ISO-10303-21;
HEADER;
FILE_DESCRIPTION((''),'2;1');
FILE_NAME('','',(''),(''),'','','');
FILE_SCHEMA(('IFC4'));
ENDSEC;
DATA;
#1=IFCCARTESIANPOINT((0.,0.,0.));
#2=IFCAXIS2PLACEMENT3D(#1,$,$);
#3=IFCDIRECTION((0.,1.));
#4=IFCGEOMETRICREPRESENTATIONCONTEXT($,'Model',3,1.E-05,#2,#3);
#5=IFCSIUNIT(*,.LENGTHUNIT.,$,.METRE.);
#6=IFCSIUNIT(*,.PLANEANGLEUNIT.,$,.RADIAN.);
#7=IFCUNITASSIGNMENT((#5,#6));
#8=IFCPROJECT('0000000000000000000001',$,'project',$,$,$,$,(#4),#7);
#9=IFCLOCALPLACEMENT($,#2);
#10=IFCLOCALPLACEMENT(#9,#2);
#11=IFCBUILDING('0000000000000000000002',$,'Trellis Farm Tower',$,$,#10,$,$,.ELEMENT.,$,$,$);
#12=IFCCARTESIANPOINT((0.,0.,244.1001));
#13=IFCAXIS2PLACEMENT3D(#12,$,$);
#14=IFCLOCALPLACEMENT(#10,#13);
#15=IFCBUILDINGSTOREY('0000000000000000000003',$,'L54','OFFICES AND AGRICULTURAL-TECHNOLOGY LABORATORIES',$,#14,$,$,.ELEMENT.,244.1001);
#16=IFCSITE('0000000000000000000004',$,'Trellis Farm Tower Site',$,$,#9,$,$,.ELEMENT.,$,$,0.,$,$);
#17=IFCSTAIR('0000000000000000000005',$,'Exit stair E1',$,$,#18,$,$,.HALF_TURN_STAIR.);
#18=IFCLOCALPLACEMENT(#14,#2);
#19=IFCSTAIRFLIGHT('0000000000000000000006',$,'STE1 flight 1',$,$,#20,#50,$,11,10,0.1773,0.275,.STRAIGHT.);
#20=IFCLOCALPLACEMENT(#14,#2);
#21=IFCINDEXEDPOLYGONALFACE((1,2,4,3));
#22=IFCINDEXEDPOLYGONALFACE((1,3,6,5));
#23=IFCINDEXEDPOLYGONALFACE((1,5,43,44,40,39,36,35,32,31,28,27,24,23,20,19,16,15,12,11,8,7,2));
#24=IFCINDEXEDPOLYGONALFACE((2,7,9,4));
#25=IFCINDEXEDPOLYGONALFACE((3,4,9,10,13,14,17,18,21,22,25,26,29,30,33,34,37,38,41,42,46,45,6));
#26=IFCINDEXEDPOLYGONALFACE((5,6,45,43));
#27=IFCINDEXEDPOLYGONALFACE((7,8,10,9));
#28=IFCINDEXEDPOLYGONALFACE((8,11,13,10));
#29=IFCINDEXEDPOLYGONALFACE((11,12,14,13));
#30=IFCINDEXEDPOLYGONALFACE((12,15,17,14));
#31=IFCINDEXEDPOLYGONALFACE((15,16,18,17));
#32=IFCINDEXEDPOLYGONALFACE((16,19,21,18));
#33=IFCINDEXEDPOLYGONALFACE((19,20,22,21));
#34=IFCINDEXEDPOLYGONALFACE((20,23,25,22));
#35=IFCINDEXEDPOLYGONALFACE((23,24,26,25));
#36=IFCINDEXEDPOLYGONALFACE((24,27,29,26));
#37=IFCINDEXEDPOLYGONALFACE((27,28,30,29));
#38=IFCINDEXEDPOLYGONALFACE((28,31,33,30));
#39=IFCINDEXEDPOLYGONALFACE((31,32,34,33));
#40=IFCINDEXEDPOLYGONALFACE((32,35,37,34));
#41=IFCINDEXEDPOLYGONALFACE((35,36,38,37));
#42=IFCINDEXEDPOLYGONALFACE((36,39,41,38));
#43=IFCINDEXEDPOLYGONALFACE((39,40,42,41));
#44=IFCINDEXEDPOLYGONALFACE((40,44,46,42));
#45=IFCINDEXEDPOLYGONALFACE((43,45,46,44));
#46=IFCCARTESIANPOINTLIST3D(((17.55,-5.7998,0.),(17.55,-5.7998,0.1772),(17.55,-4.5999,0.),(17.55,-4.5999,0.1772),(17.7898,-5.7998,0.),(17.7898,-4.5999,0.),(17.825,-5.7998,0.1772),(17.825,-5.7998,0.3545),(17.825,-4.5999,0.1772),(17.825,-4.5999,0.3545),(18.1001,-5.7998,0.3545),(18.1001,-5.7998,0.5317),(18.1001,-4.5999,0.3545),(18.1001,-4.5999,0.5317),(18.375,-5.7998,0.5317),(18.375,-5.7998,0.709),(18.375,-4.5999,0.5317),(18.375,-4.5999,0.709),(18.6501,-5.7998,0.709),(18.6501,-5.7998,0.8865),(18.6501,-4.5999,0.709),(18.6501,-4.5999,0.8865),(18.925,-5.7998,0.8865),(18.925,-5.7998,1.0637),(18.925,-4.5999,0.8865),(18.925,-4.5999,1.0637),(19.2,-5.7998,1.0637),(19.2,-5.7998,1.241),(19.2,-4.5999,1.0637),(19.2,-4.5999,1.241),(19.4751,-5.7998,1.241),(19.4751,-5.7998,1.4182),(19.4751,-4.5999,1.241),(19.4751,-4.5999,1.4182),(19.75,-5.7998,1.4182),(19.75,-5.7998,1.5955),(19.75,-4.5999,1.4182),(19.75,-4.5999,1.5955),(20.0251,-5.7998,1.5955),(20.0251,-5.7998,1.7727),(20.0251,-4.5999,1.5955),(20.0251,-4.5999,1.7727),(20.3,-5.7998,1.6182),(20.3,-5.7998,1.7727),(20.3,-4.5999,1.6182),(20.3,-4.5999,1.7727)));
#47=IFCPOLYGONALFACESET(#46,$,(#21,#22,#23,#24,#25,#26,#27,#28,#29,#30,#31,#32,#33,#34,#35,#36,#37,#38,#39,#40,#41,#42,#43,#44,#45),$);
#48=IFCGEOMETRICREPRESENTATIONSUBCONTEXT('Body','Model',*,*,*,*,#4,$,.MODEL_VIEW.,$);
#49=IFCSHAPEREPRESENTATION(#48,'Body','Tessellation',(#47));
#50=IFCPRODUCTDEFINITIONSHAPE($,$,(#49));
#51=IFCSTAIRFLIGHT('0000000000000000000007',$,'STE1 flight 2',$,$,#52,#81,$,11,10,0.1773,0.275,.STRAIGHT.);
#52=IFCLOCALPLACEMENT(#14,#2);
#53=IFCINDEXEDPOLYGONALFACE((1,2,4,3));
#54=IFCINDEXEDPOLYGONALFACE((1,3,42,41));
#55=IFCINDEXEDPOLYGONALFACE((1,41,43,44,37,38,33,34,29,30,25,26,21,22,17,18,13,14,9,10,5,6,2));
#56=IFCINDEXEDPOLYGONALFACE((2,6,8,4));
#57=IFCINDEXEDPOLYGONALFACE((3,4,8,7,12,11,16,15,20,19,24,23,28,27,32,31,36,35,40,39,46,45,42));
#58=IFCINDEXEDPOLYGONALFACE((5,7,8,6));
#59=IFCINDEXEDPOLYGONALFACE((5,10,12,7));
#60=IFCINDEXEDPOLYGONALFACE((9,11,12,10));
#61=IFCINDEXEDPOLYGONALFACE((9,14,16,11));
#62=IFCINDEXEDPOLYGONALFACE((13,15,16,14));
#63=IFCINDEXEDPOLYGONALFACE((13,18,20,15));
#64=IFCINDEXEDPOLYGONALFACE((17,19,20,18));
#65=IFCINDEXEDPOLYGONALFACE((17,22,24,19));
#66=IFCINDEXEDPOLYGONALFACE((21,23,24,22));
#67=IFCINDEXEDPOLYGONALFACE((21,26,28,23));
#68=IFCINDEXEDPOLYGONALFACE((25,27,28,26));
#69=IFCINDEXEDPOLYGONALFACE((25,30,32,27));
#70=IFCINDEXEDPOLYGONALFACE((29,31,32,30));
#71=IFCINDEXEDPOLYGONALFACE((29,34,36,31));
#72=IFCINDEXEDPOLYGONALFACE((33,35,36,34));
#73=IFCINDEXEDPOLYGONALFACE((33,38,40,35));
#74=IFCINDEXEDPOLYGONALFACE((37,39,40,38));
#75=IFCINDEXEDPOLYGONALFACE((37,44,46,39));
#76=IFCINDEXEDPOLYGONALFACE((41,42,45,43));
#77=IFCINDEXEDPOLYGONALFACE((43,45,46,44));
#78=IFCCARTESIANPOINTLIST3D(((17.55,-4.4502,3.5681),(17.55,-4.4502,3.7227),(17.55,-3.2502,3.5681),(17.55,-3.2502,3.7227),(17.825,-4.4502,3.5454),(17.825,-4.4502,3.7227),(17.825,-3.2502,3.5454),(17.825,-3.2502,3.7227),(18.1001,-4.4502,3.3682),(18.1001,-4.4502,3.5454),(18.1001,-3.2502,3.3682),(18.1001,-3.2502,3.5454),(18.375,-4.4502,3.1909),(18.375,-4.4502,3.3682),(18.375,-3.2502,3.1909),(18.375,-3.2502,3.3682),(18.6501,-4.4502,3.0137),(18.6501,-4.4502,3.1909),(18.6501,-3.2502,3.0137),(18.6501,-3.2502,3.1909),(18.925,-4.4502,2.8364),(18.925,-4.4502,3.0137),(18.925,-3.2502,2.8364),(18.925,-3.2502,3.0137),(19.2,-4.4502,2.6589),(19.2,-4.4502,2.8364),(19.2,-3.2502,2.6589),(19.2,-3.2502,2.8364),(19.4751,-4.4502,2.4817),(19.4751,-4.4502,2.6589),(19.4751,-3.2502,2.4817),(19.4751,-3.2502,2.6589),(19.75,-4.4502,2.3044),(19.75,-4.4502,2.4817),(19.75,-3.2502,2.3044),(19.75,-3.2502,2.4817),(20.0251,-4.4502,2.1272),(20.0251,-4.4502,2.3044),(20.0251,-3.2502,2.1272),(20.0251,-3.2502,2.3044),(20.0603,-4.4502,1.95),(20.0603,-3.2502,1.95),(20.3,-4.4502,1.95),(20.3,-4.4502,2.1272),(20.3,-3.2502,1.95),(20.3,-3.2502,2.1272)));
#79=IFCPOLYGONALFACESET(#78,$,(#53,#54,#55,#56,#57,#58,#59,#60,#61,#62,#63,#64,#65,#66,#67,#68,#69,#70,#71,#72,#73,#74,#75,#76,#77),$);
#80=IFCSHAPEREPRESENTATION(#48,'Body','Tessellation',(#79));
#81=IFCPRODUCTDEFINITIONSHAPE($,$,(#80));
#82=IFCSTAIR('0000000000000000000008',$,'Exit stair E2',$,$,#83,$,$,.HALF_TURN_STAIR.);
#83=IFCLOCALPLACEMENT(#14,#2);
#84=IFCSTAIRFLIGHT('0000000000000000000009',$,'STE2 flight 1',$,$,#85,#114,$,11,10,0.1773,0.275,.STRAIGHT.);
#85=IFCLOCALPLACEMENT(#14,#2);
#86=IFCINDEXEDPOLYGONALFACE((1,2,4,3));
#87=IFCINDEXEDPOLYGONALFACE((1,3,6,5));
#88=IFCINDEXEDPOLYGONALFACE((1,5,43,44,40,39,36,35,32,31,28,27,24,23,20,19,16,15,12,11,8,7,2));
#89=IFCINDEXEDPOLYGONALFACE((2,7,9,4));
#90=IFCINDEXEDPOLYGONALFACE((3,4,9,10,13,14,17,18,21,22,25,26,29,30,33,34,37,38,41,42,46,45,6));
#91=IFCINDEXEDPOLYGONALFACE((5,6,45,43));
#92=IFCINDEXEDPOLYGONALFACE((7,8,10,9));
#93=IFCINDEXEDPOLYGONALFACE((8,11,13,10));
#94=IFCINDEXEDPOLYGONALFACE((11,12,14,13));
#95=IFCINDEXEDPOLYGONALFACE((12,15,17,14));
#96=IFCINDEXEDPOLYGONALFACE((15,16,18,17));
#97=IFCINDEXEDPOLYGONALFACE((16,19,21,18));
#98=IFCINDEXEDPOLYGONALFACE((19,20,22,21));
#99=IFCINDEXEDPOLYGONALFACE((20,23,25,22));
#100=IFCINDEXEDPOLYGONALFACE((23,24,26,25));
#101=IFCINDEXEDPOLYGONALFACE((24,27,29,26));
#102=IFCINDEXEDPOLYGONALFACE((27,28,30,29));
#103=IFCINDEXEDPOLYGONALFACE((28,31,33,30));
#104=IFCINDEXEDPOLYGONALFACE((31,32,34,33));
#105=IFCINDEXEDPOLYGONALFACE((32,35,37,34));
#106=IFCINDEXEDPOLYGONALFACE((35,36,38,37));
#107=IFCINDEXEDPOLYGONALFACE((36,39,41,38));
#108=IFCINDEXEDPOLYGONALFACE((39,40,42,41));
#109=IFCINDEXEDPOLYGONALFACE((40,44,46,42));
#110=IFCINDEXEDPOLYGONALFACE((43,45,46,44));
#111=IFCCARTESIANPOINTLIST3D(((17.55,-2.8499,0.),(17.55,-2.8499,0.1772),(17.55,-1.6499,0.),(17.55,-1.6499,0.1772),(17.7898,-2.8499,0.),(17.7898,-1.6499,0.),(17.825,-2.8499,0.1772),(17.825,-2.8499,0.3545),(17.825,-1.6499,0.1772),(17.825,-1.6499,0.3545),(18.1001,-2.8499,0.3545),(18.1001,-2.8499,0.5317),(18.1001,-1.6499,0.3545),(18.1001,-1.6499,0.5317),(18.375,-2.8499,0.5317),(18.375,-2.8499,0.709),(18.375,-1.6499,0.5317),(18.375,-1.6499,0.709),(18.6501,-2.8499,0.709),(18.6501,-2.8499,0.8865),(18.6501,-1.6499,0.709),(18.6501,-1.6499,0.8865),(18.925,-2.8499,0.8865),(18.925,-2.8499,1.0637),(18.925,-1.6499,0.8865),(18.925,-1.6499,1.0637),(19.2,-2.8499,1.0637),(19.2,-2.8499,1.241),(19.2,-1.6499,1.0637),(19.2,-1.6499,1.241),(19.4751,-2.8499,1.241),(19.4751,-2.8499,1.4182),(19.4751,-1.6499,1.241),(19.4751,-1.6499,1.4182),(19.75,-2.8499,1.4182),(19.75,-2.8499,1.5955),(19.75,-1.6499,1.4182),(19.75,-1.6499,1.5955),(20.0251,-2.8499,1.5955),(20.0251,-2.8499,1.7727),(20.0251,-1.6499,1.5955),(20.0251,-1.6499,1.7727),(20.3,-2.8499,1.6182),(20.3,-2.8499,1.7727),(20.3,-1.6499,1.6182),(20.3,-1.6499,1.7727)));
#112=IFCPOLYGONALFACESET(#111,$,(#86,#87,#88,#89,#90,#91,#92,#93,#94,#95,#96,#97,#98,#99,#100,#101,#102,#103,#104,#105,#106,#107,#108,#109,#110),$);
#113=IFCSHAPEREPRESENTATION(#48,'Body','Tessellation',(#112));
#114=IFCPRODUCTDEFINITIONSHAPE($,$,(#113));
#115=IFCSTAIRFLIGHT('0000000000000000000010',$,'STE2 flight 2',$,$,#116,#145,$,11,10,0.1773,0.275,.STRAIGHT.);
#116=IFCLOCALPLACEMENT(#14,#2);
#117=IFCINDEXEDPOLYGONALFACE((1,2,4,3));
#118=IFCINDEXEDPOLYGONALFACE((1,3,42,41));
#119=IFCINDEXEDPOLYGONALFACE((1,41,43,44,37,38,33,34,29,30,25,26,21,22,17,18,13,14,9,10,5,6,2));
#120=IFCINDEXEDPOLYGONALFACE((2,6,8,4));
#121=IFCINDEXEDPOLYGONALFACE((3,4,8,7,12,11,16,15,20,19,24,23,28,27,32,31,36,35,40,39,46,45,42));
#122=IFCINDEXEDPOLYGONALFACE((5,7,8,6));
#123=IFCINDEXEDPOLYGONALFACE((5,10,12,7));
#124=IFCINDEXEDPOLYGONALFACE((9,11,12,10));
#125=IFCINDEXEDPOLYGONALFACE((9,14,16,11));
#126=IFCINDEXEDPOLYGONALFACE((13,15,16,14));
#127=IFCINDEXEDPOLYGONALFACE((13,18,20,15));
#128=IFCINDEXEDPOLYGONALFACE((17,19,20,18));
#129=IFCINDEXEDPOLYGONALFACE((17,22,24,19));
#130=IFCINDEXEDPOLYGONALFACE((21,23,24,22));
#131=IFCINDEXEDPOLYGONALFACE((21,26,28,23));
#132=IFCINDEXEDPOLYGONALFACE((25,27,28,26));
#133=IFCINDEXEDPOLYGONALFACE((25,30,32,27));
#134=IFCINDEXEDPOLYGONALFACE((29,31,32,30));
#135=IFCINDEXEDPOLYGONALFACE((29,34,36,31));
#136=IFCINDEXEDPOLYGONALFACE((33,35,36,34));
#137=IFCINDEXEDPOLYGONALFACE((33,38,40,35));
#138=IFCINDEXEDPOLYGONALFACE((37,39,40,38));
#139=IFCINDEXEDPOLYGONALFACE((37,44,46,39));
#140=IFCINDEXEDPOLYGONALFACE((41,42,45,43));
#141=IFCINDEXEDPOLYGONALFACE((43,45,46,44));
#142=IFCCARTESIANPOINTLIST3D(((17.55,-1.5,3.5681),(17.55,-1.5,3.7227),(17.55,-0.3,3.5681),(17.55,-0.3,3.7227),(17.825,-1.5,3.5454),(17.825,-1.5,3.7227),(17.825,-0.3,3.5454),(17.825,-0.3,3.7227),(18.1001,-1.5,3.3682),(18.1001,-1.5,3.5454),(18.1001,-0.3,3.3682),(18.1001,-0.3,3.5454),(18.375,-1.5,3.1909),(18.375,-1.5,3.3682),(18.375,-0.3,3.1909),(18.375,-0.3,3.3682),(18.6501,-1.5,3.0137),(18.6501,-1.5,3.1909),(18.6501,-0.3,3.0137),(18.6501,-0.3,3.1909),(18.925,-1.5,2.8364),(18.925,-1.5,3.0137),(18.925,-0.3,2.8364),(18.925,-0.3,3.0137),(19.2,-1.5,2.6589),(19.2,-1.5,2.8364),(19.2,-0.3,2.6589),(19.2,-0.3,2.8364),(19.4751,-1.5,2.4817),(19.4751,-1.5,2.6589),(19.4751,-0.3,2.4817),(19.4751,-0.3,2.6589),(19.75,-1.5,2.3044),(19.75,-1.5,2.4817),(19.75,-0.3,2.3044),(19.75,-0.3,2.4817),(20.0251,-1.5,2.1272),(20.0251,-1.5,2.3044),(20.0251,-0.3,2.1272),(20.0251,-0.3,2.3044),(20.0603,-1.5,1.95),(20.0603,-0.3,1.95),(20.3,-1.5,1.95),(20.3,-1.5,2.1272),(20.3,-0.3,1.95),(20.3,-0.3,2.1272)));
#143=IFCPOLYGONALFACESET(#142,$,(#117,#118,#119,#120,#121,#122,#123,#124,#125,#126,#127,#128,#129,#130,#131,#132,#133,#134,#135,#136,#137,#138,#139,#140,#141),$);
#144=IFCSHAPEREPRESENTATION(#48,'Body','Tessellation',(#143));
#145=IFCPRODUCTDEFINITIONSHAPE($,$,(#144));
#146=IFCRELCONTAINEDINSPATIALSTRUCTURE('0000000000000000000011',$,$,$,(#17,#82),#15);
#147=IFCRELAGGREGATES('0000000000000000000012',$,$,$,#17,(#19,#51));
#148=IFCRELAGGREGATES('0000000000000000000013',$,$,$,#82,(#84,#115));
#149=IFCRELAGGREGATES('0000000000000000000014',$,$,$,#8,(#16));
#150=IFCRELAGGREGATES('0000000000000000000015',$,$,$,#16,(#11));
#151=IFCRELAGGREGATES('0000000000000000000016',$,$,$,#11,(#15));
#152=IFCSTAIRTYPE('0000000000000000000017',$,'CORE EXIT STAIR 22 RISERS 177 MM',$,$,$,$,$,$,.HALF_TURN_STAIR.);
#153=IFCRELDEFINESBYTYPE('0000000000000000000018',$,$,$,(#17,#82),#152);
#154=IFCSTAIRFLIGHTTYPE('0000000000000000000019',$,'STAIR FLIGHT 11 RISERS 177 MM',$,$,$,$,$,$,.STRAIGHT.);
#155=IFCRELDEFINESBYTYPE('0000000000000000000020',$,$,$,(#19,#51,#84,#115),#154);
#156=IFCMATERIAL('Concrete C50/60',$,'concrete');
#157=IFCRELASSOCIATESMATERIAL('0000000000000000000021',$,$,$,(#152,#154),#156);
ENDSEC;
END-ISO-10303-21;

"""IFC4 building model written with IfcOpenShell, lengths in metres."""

from ifc_helpers import new_model, si_unit, direction, frame, origin, place, context, subcontext, project, spatial, polyline, outline, extrude, source, transform, mapped, material, type_object, element, aggregate, save


model = new_model("IFC4")

# Units and contexts
model_context = context("Model", 3, precision=1e-05, world=origin(), true_north=direction((0.0, 1.0)))
body_context = subcontext(model_context, "Body", "Model", "MODEL_VIEW")
ifc_project = project(units=[si_unit("LENGTHUNIT", "METRE"), si_unit("PLANEANGLEUNIT", "RADIAN")], contexts=[model_context])

# Site, building, storey
site_placement = place(None, origin())
site = spatial("IfcSite", under=ifc_project, at=site_placement, Name="Trellis Farm Tower Site", CompositionType="ELEMENT", RefElevation=0.0)
building_placement = place(site_placement, origin())
building = spatial("IfcBuilding", under=site, at=building_placement, Name="Trellis Farm Tower", CompositionType="ELEMENT")
storey_placement = place(building_placement, frame((0.0, 0.0, 244.1001)))
storey = spatial("IfcBuildingStorey", under=building, at=storey_placement, Name="L54", Description="OFFICES AND AGRICULTURAL-TECHNOLOGY LABORATORIES", CompositionType="ELEMENT", Elevation=244.1001)

# Shared definitions
placement = place(storey_placement, origin())

# Stairs, stair flights
ifc_material_1 = material(Name="Concrete C50/60", Category="concrete")
stair_type = type_object("IfcStairType", Name="CORE EXIT STAIR 22 RISERS 177 MM", PredefinedType="HALF_TURN_STAIR", material=ifc_material_1)
stair_1 = element("IfcStair", 1, at=placement, inside=storey, type_object=stair_type, Name="Exit stair E1", PredefinedType="HALF_TURN_STAIR")
stair_flight_type = type_object("IfcStairFlightType", Name="STAIR FLIGHT 11 RISERS 177 MM", PredefinedType="STRAIGHT", material=ifc_material_1)
shared_shape_1 = source(origin(), body_context, "Body", "SweptSolid", [
    extrude(outline(polyline([(0.0, 0.0), (0.0, 0.1772), (0.2749, 0.1772), (0.2749, 0.3545), (0.55, 0.3545), (0.55, 0.5317), (0.825, 0.5317), (0.825, 0.709), (1.1001, 0.709), (1.1001, 0.8865), (1.375, 0.8865), (1.375, 1.0637), (1.6499, 1.0637), (1.6499, 1.241), (1.925, 1.241), (1.925, 1.4182), (2.2, 1.4182), (2.2, 1.5955), (2.4751, 1.5955), (2.4751, 1.7727), (2.75, 1.7727), (2.75, 1.95), (2.75, 1.6182), (0.2397, 0.0), (0.0, 0.0)])), frame((0.0, 0.6001, 0.0), z_axis=(0.0, -1.0, 0.0), x_axis=(1.0, 0.0, 0.0)), (0.0, 0.0, 1.0), 1.2),
])
stair_flight_1_placement = place(storey_placement, frame((17.55, -5.2, 0.0), z_axis=(0.0, 0.0, 1.0), x_axis=(1.0, 0.0, 0.0)))
stair_flight_1 = element("IfcStairFlight", 2, at=stair_flight_1_placement, type_object=stair_flight_type, Name="STE1 flight 1", NumberOfRisers=11, NumberOfTreads=10, PredefinedType="STRAIGHT", RiserHeight=0.1773, TreadLength=0.275, context=body_context, shape_type="MappedRepresentation", body=[
    mapped(shared_shape_1, transform((0.0, 0.0, 0.0))),
])
stair_flight_2_placement = place(storey_placement, frame((20.3, -3.8501, 1.95), z_axis=(0.0, 0.0, 1.0), x_axis=(-1.0, 0.0, 0.0)))
stair_flight_2 = element("IfcStairFlight", 3, at=stair_flight_2_placement, type_object=stair_flight_type, Name="STE1 flight 2", NumberOfRisers=11, NumberOfTreads=10, PredefinedType="STRAIGHT", RiserHeight=0.1773, TreadLength=0.275, context=body_context, shape_type="MappedRepresentation", body=[
    mapped(shared_shape_1, transform((0.0, 0.0, 0.0))),
])
aggregate(stair_1, [stair_flight_1, stair_flight_2])
stair_2 = element("IfcStair", 4, at=placement, inside=storey, type_object=stair_type, Name="Exit stair E2", PredefinedType="HALF_TURN_STAIR")
stair_flight_3_placement = place(storey_placement, frame((17.55, -2.25, 0.0), z_axis=(0.0, 0.0, 1.0), x_axis=(1.0, 0.0, 0.0)))
stair_flight_3 = element("IfcStairFlight", 5, at=stair_flight_3_placement, type_object=stair_flight_type, Name="STE2 flight 1", NumberOfRisers=11, NumberOfTreads=10, PredefinedType="STRAIGHT", RiserHeight=0.1773, TreadLength=0.275, context=body_context, shape_type="MappedRepresentation", body=[
    mapped(shared_shape_1, transform((0.0, 0.0, 0.0))),
])
stair_flight_4_placement = place(storey_placement, frame((20.3, -0.8999, 1.95), z_axis=(0.0, 0.0, 1.0), x_axis=(-1.0, 0.0, 0.0)))
stair_flight_4 = element("IfcStairFlight", 6, at=stair_flight_4_placement, type_object=stair_flight_type, Name="STE2 flight 2", NumberOfRisers=11, NumberOfTreads=10, PredefinedType="STRAIGHT", RiserHeight=0.1773, TreadLength=0.275, context=body_context, shape_type="MappedRepresentation", body=[
    mapped(shared_shape_1, transform((0.0, 0.0, 0.0))),
])
aggregate(stair_2, [stair_flight_3, stair_flight_4])

save(model, "model.ifc")
